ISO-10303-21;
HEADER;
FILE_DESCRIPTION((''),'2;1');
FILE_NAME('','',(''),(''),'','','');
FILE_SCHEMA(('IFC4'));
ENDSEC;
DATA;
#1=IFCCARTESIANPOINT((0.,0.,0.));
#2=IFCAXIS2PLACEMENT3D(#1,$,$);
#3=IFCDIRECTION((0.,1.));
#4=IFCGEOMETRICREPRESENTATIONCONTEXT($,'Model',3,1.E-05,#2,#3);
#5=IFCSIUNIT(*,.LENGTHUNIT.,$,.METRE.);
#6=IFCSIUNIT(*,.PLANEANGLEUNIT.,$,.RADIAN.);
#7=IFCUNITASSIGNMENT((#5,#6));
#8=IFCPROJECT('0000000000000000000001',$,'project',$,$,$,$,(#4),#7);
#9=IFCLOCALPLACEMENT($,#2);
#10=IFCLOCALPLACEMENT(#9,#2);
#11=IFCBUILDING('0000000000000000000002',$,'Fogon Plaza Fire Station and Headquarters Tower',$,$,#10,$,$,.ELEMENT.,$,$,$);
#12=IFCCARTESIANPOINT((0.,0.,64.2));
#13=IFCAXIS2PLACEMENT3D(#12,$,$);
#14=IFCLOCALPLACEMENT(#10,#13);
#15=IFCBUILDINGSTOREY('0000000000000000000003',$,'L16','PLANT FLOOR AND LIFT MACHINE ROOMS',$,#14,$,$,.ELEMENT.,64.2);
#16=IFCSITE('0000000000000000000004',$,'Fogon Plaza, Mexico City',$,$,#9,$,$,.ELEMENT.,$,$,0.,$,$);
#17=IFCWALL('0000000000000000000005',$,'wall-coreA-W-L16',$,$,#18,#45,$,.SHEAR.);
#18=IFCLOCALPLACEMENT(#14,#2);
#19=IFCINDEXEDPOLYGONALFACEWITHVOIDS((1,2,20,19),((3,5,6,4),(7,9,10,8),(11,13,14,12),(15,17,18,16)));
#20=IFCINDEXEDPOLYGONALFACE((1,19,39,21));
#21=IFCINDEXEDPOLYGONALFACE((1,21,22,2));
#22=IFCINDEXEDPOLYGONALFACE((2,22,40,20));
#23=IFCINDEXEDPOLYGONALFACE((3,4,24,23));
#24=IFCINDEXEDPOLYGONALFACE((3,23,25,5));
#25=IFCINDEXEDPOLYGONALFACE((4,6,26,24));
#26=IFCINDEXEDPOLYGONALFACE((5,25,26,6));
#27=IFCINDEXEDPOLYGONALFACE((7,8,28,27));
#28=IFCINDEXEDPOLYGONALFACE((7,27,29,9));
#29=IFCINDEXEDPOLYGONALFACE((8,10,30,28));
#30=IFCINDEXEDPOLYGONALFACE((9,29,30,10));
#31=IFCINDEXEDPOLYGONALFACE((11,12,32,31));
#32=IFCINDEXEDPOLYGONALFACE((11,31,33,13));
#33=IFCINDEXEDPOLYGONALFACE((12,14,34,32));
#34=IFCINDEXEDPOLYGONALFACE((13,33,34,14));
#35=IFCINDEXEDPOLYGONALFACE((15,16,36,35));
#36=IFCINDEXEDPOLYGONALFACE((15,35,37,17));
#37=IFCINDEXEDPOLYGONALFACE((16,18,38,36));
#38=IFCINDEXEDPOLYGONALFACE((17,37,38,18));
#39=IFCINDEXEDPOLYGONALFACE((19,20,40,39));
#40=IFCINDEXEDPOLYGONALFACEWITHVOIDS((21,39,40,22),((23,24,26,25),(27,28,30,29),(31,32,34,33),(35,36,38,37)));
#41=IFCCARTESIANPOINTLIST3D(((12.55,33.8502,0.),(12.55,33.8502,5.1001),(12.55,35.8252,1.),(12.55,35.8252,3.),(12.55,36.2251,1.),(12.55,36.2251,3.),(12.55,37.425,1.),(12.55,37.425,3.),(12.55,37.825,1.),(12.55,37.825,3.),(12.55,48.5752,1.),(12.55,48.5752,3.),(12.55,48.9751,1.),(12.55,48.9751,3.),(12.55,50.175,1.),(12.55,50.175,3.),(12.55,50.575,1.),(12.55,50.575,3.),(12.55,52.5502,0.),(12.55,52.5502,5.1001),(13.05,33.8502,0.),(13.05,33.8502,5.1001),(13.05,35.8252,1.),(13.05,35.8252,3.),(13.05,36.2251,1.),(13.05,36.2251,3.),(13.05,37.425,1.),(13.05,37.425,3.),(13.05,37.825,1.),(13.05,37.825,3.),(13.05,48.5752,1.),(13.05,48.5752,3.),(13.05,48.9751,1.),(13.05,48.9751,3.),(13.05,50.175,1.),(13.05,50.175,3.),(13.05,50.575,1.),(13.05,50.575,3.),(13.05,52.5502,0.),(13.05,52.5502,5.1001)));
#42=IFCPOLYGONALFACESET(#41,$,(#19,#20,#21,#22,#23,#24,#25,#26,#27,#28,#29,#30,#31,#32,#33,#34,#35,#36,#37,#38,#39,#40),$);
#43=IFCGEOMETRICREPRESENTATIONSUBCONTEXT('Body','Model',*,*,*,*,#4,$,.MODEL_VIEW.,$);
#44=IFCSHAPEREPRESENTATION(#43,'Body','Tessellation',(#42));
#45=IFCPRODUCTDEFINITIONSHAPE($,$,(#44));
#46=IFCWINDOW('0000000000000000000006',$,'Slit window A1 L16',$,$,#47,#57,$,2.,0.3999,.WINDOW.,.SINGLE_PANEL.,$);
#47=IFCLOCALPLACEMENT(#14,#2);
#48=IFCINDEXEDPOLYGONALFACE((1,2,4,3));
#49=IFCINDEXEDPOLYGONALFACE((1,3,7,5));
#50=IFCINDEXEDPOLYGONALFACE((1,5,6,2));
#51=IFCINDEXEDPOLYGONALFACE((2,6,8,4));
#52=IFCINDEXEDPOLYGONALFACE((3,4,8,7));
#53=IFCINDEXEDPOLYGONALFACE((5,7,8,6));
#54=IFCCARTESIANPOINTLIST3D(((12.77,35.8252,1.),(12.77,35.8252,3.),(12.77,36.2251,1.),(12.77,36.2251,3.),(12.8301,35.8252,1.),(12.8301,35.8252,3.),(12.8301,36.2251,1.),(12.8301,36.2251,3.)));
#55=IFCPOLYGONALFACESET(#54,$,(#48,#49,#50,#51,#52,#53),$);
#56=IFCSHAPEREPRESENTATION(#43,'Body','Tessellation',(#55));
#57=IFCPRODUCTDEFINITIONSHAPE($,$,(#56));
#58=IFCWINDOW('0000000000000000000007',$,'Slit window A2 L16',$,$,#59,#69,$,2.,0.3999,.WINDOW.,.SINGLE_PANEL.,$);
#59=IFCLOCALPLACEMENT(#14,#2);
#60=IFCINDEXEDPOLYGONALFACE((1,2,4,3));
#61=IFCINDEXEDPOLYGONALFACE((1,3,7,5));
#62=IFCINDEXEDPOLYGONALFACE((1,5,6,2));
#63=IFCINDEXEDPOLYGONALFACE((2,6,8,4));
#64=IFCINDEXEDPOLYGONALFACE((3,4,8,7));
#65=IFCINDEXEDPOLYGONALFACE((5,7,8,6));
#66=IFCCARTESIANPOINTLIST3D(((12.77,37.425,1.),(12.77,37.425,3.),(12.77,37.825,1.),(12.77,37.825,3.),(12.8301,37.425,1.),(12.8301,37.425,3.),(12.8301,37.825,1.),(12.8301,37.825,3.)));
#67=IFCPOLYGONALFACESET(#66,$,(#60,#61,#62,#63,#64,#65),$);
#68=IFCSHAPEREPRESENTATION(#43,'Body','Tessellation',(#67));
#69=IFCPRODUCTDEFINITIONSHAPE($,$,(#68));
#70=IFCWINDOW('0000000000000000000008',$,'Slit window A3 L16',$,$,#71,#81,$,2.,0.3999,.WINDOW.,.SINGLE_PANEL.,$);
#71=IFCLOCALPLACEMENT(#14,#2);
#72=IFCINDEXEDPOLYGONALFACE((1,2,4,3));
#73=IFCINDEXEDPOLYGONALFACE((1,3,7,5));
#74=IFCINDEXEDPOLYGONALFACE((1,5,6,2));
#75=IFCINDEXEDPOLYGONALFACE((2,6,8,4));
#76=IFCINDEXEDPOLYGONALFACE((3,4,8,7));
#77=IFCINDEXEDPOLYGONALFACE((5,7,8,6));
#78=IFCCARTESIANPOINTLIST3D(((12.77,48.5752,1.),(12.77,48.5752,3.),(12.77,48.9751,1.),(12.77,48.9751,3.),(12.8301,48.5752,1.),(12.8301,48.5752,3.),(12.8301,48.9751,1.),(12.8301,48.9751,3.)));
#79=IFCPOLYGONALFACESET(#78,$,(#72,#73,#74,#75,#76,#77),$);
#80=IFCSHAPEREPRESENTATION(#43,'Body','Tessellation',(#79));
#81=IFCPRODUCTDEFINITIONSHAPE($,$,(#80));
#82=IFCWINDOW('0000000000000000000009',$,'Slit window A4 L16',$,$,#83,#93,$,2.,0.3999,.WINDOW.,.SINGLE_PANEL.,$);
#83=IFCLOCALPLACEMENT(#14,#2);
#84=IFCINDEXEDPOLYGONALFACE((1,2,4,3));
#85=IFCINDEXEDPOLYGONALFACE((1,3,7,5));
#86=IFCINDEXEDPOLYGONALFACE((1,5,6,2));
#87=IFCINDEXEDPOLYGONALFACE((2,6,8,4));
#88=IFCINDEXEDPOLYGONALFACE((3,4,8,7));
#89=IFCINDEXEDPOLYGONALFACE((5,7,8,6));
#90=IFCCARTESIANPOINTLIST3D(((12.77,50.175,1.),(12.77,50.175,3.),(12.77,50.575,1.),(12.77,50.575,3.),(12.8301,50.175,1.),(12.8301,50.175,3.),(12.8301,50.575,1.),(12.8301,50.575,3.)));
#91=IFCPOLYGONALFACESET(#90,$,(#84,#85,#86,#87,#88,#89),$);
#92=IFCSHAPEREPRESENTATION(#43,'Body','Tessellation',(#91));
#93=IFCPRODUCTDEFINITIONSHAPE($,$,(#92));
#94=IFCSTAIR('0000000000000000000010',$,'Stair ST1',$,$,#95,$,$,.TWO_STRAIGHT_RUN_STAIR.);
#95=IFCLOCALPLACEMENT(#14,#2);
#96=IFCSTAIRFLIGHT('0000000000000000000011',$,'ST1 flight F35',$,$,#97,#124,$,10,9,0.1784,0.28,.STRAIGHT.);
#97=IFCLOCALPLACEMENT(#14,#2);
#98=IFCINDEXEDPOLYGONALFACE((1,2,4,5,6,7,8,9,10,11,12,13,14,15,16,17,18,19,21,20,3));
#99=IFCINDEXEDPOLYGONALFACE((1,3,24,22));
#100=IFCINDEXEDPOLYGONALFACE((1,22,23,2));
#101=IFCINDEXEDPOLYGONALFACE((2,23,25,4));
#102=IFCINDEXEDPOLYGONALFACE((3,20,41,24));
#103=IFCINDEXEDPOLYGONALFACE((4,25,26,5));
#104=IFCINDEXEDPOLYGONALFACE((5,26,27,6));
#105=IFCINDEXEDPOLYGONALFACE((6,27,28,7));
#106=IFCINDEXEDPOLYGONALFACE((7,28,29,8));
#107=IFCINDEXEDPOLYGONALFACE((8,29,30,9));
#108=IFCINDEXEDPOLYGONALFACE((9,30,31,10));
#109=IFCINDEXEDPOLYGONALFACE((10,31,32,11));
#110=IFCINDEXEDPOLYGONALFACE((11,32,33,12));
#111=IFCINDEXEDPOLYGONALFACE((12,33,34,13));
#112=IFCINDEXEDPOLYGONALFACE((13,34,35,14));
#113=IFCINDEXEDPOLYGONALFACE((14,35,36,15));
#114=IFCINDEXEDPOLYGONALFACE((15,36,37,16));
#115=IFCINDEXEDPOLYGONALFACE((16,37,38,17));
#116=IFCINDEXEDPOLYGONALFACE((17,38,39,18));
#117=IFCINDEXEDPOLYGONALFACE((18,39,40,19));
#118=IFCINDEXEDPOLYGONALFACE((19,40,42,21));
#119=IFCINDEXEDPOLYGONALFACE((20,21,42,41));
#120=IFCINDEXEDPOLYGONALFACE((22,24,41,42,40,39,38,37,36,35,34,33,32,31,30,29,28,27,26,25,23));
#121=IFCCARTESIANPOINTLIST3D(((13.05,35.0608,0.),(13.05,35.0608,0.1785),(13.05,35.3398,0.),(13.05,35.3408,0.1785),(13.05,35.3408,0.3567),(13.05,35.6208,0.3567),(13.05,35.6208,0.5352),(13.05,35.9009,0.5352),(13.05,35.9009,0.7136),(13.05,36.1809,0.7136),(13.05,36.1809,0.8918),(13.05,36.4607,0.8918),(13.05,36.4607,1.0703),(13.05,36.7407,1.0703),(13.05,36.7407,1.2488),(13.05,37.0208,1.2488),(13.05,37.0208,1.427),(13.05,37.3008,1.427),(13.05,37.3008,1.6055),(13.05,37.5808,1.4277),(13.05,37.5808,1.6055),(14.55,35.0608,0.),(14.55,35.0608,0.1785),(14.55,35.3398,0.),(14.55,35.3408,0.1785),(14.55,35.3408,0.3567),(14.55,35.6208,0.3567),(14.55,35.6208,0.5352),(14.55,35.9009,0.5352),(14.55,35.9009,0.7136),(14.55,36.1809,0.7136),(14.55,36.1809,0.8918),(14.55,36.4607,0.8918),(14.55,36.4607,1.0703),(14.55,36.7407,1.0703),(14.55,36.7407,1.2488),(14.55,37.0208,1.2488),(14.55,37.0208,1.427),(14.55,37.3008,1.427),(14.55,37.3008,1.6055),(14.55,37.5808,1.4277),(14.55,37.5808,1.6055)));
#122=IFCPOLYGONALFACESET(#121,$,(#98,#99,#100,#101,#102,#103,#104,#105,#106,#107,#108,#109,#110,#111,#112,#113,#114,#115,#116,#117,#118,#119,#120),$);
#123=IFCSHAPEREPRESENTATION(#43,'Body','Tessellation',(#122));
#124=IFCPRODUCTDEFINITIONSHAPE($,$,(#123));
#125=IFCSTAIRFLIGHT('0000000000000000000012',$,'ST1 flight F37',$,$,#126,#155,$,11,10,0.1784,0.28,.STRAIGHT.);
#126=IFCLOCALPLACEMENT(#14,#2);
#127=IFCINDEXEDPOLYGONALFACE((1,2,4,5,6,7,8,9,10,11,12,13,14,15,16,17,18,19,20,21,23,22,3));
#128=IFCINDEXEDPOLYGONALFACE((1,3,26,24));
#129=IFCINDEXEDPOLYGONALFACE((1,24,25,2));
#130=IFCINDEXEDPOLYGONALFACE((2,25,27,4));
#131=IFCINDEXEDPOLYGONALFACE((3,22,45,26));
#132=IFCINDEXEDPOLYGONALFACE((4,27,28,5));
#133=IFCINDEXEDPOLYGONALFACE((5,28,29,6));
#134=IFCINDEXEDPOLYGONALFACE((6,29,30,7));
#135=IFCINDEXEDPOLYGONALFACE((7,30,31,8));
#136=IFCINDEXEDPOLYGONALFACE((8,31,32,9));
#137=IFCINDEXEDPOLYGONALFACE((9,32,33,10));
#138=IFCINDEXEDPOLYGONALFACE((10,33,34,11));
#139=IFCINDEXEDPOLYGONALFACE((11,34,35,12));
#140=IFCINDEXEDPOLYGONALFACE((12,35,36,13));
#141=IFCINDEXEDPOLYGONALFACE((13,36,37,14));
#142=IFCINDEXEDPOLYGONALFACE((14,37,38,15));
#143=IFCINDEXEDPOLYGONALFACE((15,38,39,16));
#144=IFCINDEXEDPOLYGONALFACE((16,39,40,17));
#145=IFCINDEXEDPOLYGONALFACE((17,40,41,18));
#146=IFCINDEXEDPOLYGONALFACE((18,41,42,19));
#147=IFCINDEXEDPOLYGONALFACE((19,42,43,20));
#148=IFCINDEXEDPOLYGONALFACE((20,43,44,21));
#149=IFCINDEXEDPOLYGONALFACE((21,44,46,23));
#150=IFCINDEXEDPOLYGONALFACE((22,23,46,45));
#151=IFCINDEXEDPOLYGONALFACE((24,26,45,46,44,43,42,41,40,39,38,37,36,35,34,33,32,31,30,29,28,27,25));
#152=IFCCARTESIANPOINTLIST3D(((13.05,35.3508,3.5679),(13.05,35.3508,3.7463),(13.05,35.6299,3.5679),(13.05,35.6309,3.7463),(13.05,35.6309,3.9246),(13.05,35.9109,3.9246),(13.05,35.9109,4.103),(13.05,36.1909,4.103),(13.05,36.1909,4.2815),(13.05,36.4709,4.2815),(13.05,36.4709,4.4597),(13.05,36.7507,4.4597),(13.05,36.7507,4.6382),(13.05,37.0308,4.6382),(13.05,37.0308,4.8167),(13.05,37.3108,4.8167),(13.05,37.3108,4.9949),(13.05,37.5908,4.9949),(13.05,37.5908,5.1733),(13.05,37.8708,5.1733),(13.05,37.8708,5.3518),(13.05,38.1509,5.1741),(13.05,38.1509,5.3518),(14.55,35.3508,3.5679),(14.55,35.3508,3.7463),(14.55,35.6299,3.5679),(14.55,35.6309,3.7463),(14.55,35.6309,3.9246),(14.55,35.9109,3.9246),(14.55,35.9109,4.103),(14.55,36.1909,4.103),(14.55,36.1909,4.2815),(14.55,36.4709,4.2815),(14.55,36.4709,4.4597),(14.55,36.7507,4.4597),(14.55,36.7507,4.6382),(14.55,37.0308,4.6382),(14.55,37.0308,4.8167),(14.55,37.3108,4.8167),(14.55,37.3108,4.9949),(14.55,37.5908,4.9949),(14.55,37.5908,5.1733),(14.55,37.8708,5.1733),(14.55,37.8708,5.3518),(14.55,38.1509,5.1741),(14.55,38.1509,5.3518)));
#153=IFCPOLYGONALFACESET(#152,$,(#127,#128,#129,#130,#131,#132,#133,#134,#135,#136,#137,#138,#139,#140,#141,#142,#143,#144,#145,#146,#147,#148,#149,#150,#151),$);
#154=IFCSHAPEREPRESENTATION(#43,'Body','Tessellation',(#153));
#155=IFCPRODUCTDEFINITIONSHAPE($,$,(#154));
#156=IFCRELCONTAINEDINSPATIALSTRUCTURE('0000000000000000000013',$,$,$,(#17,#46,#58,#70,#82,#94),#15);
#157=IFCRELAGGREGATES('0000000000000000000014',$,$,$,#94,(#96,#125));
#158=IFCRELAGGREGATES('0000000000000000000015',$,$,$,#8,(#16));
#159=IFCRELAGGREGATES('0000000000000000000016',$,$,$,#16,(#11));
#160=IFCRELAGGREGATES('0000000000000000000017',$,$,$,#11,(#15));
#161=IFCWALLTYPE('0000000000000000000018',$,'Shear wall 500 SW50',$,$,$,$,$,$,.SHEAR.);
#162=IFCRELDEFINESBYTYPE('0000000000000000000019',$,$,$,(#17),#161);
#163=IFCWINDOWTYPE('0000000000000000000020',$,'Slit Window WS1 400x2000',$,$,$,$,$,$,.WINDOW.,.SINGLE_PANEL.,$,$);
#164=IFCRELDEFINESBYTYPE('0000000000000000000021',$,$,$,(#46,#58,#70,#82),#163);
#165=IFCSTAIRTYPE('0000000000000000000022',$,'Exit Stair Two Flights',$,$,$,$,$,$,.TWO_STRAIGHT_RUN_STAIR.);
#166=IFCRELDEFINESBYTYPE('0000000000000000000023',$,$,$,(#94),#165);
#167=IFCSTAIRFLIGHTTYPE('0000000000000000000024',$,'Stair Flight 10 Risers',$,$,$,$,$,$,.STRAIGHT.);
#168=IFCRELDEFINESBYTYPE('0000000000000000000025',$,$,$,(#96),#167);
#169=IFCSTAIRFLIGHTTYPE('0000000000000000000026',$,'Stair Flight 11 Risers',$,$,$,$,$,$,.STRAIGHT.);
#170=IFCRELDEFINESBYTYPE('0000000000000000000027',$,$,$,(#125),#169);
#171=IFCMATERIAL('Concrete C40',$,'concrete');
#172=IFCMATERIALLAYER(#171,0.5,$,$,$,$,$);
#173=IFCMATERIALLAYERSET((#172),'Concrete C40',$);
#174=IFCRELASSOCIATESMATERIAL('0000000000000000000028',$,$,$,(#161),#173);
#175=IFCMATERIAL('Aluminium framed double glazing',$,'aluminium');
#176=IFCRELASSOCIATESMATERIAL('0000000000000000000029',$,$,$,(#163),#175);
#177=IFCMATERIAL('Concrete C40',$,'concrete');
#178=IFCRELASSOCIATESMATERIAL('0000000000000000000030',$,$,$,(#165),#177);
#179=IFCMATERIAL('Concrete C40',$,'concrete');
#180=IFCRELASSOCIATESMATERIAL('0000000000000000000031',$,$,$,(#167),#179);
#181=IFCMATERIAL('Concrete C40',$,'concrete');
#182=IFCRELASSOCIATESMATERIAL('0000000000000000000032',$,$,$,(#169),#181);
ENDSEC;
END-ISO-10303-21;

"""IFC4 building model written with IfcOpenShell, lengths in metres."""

from ifc_helpers import new_model, si_unit, direction, frame, frame_2d, origin, place, context, subcontext, project, spatial, polyline, rectangle, outline, extrude, material, layer, layer_set, type_object, element, fill, aggregate, save


model = new_model("IFC4")

# Units and contexts
model_context = context("Model", 3, precision=1e-05, world=origin(), true_north=direction((0.0, 1.0)))
body_context = subcontext(model_context, "Body", "Model", "MODEL_VIEW")
ifc_project = project(units=[si_unit("LENGTHUNIT", "METRE"), si_unit("PLANEANGLEUNIT", "RADIAN")], contexts=[model_context])

# Site, building, storey
site_placement = place(None, origin())
site = spatial("IfcSite", under=ifc_project, at=site_placement, Name="Fogon Plaza, Mexico City", CompositionType="ELEMENT", RefElevation=0.0)
building_placement = place(site_placement, origin())
building = spatial("IfcBuilding", under=site, at=building_placement, Name="Fogon Plaza Fire Station and Headquarters Tower", CompositionType="ELEMENT")
storey_placement = place(building_placement, frame((0.0, 0.0, 64.2)))
storey = spatial("IfcBuildingStorey", under=building, at=storey_placement, Name="L16", Description="PLANT FLOOR AND LIFT MACHINE ROOMS", CompositionType="ELEMENT", Elevation=64.2)

# Shared definitions
ifc_material_1 = material(Name="Concrete C40", Category="concrete")
ifc_layer_1 = layer(ifc_material_1, 0.5)
ifc_layer_set_1 = layer_set([ifc_layer_1], Name="Concrete C40")
wall_type_1 = type_object("IfcWallType", Name="Shear wall 500 SW50", PredefinedType="SHEAR", material=ifc_layer_set_1)
ifc_material_2 = material(Name="Aluminium framed double glazing", Category="aluminium")
window_type = type_object("IfcWindowType", Name="Slit Window WS1 400x2000", PartitioningType="SINGLE_PANEL", PredefinedType="WINDOW", material=ifc_material_2)

# Wall, openings, windows
wall_1_placement = place(storey_placement, frame((12.8, 33.8501, 0.0), z_axis=(0.0, 0.0, 1.0), x_axis=(0.0, 1.0, 0.0)))
wall_1 = element("IfcWall", 1, at=wall_1_placement, inside=storey, type_object=wall_type_1, Name="wall-coreA-W-L16", PredefinedType="SHEAR", context=body_context, shape_type="SweptSolid", body=[
    extrude(rectangle(XDim=18.7, YDim=0.5, at=frame_2d((9.3501, 0.0))), origin(), (0.0, 0.0, 1.0), 5.1001),
])
opening_1_placement = place(wall_1_placement, frame((1.9751, 0.0, 1.0)))
opening_1 = element("IfcOpeningElement", 2, at=opening_1_placement, cuts=wall_1, PredefinedType="OPENING", context=body_context, shape_type="SweptSolid", body=[
    extrude(rectangle(XDim=0.3999, YDim=2.0, at=frame_2d((0.2, 1.0))), frame((0.0, 0.26, 0.0), z_axis=(0.0, -1.0, 0.0), x_axis=(1.0, 0.0, 0.0)), (0.0, 0.0, 1.0), 0.52),
])
opening_2_placement = place(wall_1_placement, frame((3.575, 0.0, 1.0)))
opening_2 = element("IfcOpeningElement", 3, at=opening_2_placement, cuts=wall_1, PredefinedType="OPENING", context=body_context, shape_type="SweptSolid", body=[
    extrude(rectangle(XDim=0.3999, YDim=2.0, at=frame_2d((0.2, 1.0))), frame((0.0, 0.26, 0.0), z_axis=(0.0, -1.0, 0.0), x_axis=(1.0, 0.0, 0.0)), (0.0, 0.0, 1.0), 0.52),
])
opening_3_placement = place(wall_1_placement, frame((14.7251, 0.0, 1.0)))
opening_3 = element("IfcOpeningElement", 4, at=opening_3_placement, cuts=wall_1, PredefinedType="OPENING", context=body_context, shape_type="SweptSolid", body=[
    extrude(rectangle(XDim=0.3999, YDim=2.0, at=frame_2d((0.2, 1.0))), frame((0.0, 0.26, 0.0), z_axis=(0.0, -1.0, 0.0), x_axis=(1.0, 0.0, 0.0)), (0.0, 0.0, 1.0), 0.52),
])
opening_4_placement = place(wall_1_placement, frame((16.325, 0.0, 1.0)))
opening_4 = element("IfcOpeningElement", 5, at=opening_4_placement, cuts=wall_1, PredefinedType="OPENING", context=body_context, shape_type="SweptSolid", body=[
    extrude(rectangle(XDim=0.3999, YDim=2.0, at=frame_2d((0.2, 1.0))), frame((0.0, 0.26, 0.0), z_axis=(0.0, -1.0, 0.0), x_axis=(1.0, 0.0, 0.0)), (0.0, 0.0, 1.0), 0.52),
])
window_1_placement = place(opening_1_placement, origin())
window_1 = element("IfcWindow", 6, at=window_1_placement, inside=storey, type_object=window_type, Name="Slit window A1 L16", OverallHeight=2.0, OverallWidth=0.3999, PartitioningType="SINGLE_PANEL", PredefinedType="WINDOW", context=body_context, shape_type="SweptSolid", body=[
    extrude(rectangle(XDim=0.3999, YDim=2.0, at=frame_2d((0.2, 1.0))), frame((0.0, 0.03, 0.0), z_axis=(0.0, -1.0, 0.0), x_axis=(1.0, 0.0, 0.0)), (0.0, 0.0, 1.0), 0.0601),
])
fill(opening_1, window_1)
window_2_placement = place(opening_2_placement, origin())
window_2 = element("IfcWindow", 7, at=window_2_placement, inside=storey, type_object=window_type, Name="Slit window A2 L16", OverallHeight=2.0, OverallWidth=0.3999, PartitioningType="SINGLE_PANEL", PredefinedType="WINDOW", context=body_context, shape_type="SweptSolid", body=[
    extrude(rectangle(XDim=0.3999, YDim=2.0, at=frame_2d((0.2, 1.0))), frame((0.0, 0.03, 0.0), z_axis=(0.0, -1.0, 0.0), x_axis=(1.0, 0.0, 0.0)), (0.0, 0.0, 1.0), 0.0601),
])
fill(opening_2, window_2)
window_3_placement = place(opening_3_placement, origin())
window_3 = element("IfcWindow", 8, at=window_3_placement, inside=storey, type_object=window_type, Name="Slit window A3 L16", OverallHeight=2.0, OverallWidth=0.3999, PartitioningType="SINGLE_PANEL", PredefinedType="WINDOW", context=body_context, shape_type="SweptSolid", body=[
    extrude(rectangle(XDim=0.3999, YDim=2.0, at=frame_2d((0.2, 1.0))), frame((0.0, 0.03, 0.0), z_axis=(0.0, -1.0, 0.0), x_axis=(1.0, 0.0, 0.0)), (0.0, 0.0, 1.0), 0.0601),
])
fill(opening_3, window_3)
window_4_placement = place(opening_4_placement, origin())
window_4 = element("IfcWindow", 9, at=window_4_placement, inside=storey, type_object=window_type, Name="Slit window A4 L16", OverallHeight=2.0, OverallWidth=0.3999, PartitioningType="SINGLE_PANEL", PredefinedType="WINDOW", context=body_context, shape_type="SweptSolid", body=[
    extrude(rectangle(XDim=0.3999, YDim=2.0, at=frame_2d((0.2, 1.0))), frame((0.0, 0.03, 0.0), z_axis=(0.0, -1.0, 0.0), x_axis=(1.0, 0.0, 0.0)), (0.0, 0.0, 1.0), 0.0601),
])
fill(opening_4, window_4)

# Stair, stair flights
ifc_material_3 = material(Name="Concrete C40", Category="concrete")
stair_type = type_object("IfcStairType", Name="Exit Stair Two Flights", PredefinedType="TWO_STRAIGHT_RUN_STAIR", material=ifc_material_3)
stair_placement = place(storey_placement, origin())
stair = element("IfcStair", 10, at=stair_placement, inside=storey, type_object=stair_type, Name="Stair ST1", PredefinedType="TWO_STRAIGHT_RUN_STAIR")
ifc_material_4 = material(Name="Concrete C40", Category="concrete")
stair_flight_type_1 = type_object("IfcStairFlightType", Name="Stair Flight 10 Risers", PredefinedType="STRAIGHT", material=ifc_material_4)
stair_flight_1_placement = place(storey_placement, frame((13.8, 35.0608, 0.0), z_axis=(0.0, 0.0, 1.0), x_axis=(0.0, 1.0, 0.0)))
stair_flight_1 = element("IfcStairFlight", 11, at=stair_flight_1_placement, type_object=stair_flight_type_1, Name="ST1 flight F35", NumberOfRisers=10, NumberOfTreads=9, PredefinedType="STRAIGHT", RiserHeight=0.1784, TreadLength=0.28, context=body_context, shape_type="SweptSolid", body=[
    extrude(outline(polyline([(0.0, 0.0), (0.0, 0.1785), (0.28, 0.1785), (0.28, 0.3567), (0.5601, 0.3567), (0.5601, 0.5352), (0.8401, 0.5352), (0.8401, 0.7136), (1.1201, 0.7136), (1.1201, 0.8918), (1.3999, 0.8918), (1.3999, 1.0703), (1.6799, 1.0703), (1.6799, 1.2488), (1.96, 1.2488), (1.96, 1.427), (2.24, 1.427), (2.24, 1.6055), (2.52, 1.6055), (2.52, 1.7839), (2.52, 1.4277), (0.2791, 0.0), (0.0, 0.0)])), frame((0.0, 0.75, 0.0), z_axis=(0.0, -1.0, 0.0), x_axis=(1.0, 0.0, 0.0)), (0.0, 0.0, 1.0), 1.5),
])
ifc_material_5 = material(Name="Concrete C40", Category="concrete")
stair_flight_type_2 = type_object("IfcStairFlightType", Name="Stair Flight 11 Risers", PredefinedType="STRAIGHT", material=ifc_material_5)
stair_flight_2_placement = place(storey_placement, frame((13.8, 35.3508, 3.5679), z_axis=(0.0, 0.0, 1.0), x_axis=(0.0, 1.0, 0.0)))
stair_flight_2 = element("IfcStairFlight", 12, at=stair_flight_2_placement, type_object=stair_flight_type_2, Name="ST1 flight F37", NumberOfRisers=11, NumberOfTreads=10, PredefinedType="STRAIGHT", RiserHeight=0.1784, TreadLength=0.28, context=body_context, shape_type="SweptSolid", body=[
    extrude(outline(polyline([(0.0, 0.0), (0.0, 0.1785), (0.28, 0.1785), (0.28, 0.3567), (0.5601, 0.3567), (0.5601, 0.5352), (0.8401, 0.5352), (0.8401, 0.7136), (1.1201, 0.7136), (1.1201, 0.8918), (1.3999, 0.8918), (1.3999, 1.0703), (1.6799, 1.0703), (1.6799, 1.2488), (1.96, 1.2488), (1.96, 1.427), (2.24, 1.427), (2.24, 1.6055), (2.52, 1.6055), (2.52, 1.7839), (2.8, 1.7839), (2.8, 1.9622), (2.8, 1.6062), (0.2791, 0.0), (0.0, 0.0)])), frame((0.0, 0.75, 0.0), z_axis=(0.0, -1.0, 0.0), x_axis=(1.0, 0.0, 0.0)), (0.0, 0.0, 1.0), 1.5),
])
aggregate(stair, [stair_flight_1, stair_flight_2])

save(model, "model.ifc")
